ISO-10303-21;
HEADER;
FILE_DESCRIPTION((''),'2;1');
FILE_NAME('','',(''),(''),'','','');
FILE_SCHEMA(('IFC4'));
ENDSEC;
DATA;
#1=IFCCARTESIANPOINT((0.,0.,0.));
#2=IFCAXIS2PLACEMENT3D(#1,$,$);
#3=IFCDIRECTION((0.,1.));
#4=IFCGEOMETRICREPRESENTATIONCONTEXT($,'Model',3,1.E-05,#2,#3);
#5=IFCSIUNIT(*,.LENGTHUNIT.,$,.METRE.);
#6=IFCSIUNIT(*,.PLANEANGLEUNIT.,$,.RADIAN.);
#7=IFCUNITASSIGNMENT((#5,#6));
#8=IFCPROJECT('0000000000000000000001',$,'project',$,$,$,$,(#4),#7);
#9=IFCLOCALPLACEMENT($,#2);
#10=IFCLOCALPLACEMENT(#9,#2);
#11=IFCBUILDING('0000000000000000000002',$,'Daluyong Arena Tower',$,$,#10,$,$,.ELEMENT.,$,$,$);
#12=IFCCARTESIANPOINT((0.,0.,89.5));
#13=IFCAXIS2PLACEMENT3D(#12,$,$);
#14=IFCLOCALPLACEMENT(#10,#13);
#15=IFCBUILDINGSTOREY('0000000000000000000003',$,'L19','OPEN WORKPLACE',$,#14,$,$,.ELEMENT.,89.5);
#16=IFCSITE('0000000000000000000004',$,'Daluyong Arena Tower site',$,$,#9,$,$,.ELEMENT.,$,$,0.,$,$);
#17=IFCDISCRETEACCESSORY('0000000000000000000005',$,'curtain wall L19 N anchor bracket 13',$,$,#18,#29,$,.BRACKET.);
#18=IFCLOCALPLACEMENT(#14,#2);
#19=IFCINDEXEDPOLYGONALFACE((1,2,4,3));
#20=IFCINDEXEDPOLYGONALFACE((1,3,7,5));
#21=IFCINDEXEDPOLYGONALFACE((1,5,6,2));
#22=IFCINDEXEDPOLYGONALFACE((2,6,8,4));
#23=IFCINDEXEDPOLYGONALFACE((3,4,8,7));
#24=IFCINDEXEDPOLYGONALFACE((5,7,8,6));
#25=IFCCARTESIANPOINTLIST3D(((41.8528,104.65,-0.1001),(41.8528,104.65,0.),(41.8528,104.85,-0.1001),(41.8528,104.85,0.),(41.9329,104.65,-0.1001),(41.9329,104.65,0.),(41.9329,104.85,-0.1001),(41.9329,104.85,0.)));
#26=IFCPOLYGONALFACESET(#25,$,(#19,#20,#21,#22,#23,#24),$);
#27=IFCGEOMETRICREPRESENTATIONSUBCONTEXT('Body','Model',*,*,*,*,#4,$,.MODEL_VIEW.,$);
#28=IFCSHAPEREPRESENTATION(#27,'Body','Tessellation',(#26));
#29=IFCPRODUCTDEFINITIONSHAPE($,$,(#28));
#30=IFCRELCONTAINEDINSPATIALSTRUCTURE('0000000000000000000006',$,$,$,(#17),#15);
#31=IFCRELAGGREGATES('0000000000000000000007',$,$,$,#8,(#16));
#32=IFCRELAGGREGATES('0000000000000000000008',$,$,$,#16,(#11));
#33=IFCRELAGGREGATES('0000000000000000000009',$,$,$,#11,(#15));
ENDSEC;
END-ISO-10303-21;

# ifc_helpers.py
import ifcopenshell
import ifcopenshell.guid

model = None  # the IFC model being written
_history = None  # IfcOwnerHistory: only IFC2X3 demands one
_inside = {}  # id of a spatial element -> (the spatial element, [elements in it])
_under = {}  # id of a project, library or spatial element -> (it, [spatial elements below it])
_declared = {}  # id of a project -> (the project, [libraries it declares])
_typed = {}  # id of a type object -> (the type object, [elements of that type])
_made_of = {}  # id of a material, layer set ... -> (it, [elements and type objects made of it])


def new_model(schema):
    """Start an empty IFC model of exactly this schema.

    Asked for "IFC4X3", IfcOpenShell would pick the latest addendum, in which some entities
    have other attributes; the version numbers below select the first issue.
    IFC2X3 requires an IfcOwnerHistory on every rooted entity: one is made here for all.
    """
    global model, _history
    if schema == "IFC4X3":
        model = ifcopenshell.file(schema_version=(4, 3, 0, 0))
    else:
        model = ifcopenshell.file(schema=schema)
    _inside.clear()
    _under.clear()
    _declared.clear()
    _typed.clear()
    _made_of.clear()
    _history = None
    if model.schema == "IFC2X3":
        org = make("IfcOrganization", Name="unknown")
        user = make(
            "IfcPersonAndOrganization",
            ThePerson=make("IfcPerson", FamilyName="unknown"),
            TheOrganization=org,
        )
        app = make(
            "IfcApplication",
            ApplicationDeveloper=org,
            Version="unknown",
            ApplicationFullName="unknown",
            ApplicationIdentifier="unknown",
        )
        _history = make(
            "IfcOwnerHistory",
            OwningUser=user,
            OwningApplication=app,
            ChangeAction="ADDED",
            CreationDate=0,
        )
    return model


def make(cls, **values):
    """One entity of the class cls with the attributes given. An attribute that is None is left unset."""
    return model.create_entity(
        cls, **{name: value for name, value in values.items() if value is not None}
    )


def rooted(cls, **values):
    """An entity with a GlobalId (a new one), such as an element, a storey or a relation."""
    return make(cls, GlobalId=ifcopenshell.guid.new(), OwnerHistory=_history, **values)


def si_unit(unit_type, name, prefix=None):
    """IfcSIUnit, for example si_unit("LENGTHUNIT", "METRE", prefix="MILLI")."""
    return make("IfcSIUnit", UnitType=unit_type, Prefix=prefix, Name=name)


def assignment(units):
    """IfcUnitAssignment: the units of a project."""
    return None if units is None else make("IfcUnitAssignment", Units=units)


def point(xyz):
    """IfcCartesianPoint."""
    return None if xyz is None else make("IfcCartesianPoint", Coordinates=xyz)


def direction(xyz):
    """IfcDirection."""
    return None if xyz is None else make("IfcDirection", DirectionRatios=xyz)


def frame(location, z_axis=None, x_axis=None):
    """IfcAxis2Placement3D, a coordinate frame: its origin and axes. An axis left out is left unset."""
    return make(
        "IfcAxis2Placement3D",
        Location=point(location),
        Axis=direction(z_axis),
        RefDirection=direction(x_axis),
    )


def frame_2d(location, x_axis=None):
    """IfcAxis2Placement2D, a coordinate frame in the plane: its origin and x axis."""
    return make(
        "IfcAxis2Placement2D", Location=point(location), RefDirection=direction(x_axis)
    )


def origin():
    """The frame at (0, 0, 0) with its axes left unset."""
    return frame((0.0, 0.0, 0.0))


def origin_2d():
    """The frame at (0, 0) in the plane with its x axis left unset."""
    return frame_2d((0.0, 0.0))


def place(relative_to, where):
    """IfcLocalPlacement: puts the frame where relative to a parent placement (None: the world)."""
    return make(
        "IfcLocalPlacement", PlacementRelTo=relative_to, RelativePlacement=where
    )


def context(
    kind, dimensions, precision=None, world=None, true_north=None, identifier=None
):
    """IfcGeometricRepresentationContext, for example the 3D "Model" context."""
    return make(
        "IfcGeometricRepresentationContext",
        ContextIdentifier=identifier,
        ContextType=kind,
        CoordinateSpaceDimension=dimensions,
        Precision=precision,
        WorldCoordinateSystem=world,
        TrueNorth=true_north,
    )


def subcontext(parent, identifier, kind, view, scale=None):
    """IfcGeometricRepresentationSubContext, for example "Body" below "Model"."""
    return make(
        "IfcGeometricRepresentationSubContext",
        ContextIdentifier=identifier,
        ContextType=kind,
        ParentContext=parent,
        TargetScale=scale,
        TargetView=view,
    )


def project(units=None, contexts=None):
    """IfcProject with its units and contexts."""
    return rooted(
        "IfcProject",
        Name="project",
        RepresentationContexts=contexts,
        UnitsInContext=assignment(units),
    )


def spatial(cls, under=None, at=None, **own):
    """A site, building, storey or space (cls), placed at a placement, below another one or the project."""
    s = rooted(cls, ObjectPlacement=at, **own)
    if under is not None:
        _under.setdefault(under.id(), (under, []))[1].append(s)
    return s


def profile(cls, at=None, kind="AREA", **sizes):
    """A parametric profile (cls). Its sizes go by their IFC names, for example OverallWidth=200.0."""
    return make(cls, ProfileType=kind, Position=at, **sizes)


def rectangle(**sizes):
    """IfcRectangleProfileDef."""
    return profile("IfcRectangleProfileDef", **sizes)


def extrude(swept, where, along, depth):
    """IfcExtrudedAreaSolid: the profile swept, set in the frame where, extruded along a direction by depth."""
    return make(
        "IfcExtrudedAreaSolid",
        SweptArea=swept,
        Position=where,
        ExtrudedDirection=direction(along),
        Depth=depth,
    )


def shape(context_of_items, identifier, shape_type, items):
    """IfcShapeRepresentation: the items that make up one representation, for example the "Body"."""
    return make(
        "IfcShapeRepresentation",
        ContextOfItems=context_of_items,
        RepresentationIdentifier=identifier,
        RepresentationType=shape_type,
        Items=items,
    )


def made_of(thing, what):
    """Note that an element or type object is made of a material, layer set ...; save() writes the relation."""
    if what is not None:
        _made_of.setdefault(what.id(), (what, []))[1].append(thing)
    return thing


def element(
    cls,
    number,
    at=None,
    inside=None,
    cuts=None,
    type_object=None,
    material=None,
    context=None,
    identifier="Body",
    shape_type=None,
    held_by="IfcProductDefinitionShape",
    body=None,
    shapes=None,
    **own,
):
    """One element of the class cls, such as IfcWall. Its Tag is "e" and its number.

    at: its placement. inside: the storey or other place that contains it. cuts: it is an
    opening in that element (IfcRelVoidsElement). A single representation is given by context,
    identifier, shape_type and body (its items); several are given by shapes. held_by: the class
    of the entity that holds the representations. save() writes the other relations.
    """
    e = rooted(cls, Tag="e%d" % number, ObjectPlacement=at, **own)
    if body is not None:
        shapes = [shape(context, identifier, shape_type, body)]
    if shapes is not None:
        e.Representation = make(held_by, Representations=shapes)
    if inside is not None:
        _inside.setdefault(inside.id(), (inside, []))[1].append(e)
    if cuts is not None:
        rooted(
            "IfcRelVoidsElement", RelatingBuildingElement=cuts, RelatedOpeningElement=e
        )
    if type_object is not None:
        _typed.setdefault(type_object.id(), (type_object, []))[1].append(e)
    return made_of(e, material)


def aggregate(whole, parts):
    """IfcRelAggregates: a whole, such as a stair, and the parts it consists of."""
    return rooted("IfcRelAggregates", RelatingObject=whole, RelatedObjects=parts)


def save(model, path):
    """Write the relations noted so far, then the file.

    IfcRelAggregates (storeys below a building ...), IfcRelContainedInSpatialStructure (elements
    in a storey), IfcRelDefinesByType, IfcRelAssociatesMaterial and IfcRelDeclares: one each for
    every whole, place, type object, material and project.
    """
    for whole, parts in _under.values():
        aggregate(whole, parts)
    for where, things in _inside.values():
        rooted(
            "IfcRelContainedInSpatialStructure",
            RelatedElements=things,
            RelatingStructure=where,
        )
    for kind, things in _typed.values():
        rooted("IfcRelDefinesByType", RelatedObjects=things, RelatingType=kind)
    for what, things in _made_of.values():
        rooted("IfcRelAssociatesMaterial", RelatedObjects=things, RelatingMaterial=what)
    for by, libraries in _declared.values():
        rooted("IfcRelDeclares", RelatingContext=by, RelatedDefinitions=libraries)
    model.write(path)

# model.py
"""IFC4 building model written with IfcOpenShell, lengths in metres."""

from ifc_helpers import new_model, si_unit, direction, frame, origin, origin_2d, place, context, subcontext, project, spatial, rectangle, extrude, element, save


model = new_model("IFC4")

# Units and contexts
model_context = context("Model", 3, precision=1e-05, world=origin(), true_north=direction((0.0, 1.0)))
body_context = subcontext(model_context, "Body", "Model", "MODEL_VIEW")
ifc_project = project(units=[si_unit("LENGTHUNIT", "METRE"), si_unit("PLANEANGLEUNIT", "RADIAN")], contexts=[model_context])

# Site, building, storey
site_placement = place(None, origin())
site = spatial("IfcSite", under=ifc_project, at=site_placement, Name="Daluyong Arena Tower site", CompositionType="ELEMENT", RefElevation=0.0)
building_placement = place(site_placement, origin())
building = spatial("IfcBuilding", under=site, at=building_placement, Name="Daluyong Arena Tower", CompositionType="ELEMENT")
storey_placement = place(building_placement, frame((0.0, 0.0, 89.5)))
storey = spatial("IfcBuildingStorey", under=building, at=storey_placement, Name="L19", Description="OPEN WORKPLACE", CompositionType="ELEMENT", Elevation=89.5)

# Discrete accessory
for number, where, z_axis, x_axis, name in (
    (1, (41.8928, 104.75, -0.1001), (0.0, 0.0, 1.0), (-1.0, 0.0, 0.0), "curtain wall L19 N anchor bracket 13"),
):
    element("IfcDiscreteAccessory", number, at=place(storey_placement, frame(where, z_axis=z_axis, x_axis=x_axis)), inside=storey, Name=name, PredefinedType="BRACKET", context=body_context, shape_type="SweptSolid", body=[
        extrude(rectangle(XDim=0.0801, YDim=0.2, at=origin_2d()), origin(), (0.0, 0.0, 1.0), 0.1001),
    ])

save(model, "model.ifc")
